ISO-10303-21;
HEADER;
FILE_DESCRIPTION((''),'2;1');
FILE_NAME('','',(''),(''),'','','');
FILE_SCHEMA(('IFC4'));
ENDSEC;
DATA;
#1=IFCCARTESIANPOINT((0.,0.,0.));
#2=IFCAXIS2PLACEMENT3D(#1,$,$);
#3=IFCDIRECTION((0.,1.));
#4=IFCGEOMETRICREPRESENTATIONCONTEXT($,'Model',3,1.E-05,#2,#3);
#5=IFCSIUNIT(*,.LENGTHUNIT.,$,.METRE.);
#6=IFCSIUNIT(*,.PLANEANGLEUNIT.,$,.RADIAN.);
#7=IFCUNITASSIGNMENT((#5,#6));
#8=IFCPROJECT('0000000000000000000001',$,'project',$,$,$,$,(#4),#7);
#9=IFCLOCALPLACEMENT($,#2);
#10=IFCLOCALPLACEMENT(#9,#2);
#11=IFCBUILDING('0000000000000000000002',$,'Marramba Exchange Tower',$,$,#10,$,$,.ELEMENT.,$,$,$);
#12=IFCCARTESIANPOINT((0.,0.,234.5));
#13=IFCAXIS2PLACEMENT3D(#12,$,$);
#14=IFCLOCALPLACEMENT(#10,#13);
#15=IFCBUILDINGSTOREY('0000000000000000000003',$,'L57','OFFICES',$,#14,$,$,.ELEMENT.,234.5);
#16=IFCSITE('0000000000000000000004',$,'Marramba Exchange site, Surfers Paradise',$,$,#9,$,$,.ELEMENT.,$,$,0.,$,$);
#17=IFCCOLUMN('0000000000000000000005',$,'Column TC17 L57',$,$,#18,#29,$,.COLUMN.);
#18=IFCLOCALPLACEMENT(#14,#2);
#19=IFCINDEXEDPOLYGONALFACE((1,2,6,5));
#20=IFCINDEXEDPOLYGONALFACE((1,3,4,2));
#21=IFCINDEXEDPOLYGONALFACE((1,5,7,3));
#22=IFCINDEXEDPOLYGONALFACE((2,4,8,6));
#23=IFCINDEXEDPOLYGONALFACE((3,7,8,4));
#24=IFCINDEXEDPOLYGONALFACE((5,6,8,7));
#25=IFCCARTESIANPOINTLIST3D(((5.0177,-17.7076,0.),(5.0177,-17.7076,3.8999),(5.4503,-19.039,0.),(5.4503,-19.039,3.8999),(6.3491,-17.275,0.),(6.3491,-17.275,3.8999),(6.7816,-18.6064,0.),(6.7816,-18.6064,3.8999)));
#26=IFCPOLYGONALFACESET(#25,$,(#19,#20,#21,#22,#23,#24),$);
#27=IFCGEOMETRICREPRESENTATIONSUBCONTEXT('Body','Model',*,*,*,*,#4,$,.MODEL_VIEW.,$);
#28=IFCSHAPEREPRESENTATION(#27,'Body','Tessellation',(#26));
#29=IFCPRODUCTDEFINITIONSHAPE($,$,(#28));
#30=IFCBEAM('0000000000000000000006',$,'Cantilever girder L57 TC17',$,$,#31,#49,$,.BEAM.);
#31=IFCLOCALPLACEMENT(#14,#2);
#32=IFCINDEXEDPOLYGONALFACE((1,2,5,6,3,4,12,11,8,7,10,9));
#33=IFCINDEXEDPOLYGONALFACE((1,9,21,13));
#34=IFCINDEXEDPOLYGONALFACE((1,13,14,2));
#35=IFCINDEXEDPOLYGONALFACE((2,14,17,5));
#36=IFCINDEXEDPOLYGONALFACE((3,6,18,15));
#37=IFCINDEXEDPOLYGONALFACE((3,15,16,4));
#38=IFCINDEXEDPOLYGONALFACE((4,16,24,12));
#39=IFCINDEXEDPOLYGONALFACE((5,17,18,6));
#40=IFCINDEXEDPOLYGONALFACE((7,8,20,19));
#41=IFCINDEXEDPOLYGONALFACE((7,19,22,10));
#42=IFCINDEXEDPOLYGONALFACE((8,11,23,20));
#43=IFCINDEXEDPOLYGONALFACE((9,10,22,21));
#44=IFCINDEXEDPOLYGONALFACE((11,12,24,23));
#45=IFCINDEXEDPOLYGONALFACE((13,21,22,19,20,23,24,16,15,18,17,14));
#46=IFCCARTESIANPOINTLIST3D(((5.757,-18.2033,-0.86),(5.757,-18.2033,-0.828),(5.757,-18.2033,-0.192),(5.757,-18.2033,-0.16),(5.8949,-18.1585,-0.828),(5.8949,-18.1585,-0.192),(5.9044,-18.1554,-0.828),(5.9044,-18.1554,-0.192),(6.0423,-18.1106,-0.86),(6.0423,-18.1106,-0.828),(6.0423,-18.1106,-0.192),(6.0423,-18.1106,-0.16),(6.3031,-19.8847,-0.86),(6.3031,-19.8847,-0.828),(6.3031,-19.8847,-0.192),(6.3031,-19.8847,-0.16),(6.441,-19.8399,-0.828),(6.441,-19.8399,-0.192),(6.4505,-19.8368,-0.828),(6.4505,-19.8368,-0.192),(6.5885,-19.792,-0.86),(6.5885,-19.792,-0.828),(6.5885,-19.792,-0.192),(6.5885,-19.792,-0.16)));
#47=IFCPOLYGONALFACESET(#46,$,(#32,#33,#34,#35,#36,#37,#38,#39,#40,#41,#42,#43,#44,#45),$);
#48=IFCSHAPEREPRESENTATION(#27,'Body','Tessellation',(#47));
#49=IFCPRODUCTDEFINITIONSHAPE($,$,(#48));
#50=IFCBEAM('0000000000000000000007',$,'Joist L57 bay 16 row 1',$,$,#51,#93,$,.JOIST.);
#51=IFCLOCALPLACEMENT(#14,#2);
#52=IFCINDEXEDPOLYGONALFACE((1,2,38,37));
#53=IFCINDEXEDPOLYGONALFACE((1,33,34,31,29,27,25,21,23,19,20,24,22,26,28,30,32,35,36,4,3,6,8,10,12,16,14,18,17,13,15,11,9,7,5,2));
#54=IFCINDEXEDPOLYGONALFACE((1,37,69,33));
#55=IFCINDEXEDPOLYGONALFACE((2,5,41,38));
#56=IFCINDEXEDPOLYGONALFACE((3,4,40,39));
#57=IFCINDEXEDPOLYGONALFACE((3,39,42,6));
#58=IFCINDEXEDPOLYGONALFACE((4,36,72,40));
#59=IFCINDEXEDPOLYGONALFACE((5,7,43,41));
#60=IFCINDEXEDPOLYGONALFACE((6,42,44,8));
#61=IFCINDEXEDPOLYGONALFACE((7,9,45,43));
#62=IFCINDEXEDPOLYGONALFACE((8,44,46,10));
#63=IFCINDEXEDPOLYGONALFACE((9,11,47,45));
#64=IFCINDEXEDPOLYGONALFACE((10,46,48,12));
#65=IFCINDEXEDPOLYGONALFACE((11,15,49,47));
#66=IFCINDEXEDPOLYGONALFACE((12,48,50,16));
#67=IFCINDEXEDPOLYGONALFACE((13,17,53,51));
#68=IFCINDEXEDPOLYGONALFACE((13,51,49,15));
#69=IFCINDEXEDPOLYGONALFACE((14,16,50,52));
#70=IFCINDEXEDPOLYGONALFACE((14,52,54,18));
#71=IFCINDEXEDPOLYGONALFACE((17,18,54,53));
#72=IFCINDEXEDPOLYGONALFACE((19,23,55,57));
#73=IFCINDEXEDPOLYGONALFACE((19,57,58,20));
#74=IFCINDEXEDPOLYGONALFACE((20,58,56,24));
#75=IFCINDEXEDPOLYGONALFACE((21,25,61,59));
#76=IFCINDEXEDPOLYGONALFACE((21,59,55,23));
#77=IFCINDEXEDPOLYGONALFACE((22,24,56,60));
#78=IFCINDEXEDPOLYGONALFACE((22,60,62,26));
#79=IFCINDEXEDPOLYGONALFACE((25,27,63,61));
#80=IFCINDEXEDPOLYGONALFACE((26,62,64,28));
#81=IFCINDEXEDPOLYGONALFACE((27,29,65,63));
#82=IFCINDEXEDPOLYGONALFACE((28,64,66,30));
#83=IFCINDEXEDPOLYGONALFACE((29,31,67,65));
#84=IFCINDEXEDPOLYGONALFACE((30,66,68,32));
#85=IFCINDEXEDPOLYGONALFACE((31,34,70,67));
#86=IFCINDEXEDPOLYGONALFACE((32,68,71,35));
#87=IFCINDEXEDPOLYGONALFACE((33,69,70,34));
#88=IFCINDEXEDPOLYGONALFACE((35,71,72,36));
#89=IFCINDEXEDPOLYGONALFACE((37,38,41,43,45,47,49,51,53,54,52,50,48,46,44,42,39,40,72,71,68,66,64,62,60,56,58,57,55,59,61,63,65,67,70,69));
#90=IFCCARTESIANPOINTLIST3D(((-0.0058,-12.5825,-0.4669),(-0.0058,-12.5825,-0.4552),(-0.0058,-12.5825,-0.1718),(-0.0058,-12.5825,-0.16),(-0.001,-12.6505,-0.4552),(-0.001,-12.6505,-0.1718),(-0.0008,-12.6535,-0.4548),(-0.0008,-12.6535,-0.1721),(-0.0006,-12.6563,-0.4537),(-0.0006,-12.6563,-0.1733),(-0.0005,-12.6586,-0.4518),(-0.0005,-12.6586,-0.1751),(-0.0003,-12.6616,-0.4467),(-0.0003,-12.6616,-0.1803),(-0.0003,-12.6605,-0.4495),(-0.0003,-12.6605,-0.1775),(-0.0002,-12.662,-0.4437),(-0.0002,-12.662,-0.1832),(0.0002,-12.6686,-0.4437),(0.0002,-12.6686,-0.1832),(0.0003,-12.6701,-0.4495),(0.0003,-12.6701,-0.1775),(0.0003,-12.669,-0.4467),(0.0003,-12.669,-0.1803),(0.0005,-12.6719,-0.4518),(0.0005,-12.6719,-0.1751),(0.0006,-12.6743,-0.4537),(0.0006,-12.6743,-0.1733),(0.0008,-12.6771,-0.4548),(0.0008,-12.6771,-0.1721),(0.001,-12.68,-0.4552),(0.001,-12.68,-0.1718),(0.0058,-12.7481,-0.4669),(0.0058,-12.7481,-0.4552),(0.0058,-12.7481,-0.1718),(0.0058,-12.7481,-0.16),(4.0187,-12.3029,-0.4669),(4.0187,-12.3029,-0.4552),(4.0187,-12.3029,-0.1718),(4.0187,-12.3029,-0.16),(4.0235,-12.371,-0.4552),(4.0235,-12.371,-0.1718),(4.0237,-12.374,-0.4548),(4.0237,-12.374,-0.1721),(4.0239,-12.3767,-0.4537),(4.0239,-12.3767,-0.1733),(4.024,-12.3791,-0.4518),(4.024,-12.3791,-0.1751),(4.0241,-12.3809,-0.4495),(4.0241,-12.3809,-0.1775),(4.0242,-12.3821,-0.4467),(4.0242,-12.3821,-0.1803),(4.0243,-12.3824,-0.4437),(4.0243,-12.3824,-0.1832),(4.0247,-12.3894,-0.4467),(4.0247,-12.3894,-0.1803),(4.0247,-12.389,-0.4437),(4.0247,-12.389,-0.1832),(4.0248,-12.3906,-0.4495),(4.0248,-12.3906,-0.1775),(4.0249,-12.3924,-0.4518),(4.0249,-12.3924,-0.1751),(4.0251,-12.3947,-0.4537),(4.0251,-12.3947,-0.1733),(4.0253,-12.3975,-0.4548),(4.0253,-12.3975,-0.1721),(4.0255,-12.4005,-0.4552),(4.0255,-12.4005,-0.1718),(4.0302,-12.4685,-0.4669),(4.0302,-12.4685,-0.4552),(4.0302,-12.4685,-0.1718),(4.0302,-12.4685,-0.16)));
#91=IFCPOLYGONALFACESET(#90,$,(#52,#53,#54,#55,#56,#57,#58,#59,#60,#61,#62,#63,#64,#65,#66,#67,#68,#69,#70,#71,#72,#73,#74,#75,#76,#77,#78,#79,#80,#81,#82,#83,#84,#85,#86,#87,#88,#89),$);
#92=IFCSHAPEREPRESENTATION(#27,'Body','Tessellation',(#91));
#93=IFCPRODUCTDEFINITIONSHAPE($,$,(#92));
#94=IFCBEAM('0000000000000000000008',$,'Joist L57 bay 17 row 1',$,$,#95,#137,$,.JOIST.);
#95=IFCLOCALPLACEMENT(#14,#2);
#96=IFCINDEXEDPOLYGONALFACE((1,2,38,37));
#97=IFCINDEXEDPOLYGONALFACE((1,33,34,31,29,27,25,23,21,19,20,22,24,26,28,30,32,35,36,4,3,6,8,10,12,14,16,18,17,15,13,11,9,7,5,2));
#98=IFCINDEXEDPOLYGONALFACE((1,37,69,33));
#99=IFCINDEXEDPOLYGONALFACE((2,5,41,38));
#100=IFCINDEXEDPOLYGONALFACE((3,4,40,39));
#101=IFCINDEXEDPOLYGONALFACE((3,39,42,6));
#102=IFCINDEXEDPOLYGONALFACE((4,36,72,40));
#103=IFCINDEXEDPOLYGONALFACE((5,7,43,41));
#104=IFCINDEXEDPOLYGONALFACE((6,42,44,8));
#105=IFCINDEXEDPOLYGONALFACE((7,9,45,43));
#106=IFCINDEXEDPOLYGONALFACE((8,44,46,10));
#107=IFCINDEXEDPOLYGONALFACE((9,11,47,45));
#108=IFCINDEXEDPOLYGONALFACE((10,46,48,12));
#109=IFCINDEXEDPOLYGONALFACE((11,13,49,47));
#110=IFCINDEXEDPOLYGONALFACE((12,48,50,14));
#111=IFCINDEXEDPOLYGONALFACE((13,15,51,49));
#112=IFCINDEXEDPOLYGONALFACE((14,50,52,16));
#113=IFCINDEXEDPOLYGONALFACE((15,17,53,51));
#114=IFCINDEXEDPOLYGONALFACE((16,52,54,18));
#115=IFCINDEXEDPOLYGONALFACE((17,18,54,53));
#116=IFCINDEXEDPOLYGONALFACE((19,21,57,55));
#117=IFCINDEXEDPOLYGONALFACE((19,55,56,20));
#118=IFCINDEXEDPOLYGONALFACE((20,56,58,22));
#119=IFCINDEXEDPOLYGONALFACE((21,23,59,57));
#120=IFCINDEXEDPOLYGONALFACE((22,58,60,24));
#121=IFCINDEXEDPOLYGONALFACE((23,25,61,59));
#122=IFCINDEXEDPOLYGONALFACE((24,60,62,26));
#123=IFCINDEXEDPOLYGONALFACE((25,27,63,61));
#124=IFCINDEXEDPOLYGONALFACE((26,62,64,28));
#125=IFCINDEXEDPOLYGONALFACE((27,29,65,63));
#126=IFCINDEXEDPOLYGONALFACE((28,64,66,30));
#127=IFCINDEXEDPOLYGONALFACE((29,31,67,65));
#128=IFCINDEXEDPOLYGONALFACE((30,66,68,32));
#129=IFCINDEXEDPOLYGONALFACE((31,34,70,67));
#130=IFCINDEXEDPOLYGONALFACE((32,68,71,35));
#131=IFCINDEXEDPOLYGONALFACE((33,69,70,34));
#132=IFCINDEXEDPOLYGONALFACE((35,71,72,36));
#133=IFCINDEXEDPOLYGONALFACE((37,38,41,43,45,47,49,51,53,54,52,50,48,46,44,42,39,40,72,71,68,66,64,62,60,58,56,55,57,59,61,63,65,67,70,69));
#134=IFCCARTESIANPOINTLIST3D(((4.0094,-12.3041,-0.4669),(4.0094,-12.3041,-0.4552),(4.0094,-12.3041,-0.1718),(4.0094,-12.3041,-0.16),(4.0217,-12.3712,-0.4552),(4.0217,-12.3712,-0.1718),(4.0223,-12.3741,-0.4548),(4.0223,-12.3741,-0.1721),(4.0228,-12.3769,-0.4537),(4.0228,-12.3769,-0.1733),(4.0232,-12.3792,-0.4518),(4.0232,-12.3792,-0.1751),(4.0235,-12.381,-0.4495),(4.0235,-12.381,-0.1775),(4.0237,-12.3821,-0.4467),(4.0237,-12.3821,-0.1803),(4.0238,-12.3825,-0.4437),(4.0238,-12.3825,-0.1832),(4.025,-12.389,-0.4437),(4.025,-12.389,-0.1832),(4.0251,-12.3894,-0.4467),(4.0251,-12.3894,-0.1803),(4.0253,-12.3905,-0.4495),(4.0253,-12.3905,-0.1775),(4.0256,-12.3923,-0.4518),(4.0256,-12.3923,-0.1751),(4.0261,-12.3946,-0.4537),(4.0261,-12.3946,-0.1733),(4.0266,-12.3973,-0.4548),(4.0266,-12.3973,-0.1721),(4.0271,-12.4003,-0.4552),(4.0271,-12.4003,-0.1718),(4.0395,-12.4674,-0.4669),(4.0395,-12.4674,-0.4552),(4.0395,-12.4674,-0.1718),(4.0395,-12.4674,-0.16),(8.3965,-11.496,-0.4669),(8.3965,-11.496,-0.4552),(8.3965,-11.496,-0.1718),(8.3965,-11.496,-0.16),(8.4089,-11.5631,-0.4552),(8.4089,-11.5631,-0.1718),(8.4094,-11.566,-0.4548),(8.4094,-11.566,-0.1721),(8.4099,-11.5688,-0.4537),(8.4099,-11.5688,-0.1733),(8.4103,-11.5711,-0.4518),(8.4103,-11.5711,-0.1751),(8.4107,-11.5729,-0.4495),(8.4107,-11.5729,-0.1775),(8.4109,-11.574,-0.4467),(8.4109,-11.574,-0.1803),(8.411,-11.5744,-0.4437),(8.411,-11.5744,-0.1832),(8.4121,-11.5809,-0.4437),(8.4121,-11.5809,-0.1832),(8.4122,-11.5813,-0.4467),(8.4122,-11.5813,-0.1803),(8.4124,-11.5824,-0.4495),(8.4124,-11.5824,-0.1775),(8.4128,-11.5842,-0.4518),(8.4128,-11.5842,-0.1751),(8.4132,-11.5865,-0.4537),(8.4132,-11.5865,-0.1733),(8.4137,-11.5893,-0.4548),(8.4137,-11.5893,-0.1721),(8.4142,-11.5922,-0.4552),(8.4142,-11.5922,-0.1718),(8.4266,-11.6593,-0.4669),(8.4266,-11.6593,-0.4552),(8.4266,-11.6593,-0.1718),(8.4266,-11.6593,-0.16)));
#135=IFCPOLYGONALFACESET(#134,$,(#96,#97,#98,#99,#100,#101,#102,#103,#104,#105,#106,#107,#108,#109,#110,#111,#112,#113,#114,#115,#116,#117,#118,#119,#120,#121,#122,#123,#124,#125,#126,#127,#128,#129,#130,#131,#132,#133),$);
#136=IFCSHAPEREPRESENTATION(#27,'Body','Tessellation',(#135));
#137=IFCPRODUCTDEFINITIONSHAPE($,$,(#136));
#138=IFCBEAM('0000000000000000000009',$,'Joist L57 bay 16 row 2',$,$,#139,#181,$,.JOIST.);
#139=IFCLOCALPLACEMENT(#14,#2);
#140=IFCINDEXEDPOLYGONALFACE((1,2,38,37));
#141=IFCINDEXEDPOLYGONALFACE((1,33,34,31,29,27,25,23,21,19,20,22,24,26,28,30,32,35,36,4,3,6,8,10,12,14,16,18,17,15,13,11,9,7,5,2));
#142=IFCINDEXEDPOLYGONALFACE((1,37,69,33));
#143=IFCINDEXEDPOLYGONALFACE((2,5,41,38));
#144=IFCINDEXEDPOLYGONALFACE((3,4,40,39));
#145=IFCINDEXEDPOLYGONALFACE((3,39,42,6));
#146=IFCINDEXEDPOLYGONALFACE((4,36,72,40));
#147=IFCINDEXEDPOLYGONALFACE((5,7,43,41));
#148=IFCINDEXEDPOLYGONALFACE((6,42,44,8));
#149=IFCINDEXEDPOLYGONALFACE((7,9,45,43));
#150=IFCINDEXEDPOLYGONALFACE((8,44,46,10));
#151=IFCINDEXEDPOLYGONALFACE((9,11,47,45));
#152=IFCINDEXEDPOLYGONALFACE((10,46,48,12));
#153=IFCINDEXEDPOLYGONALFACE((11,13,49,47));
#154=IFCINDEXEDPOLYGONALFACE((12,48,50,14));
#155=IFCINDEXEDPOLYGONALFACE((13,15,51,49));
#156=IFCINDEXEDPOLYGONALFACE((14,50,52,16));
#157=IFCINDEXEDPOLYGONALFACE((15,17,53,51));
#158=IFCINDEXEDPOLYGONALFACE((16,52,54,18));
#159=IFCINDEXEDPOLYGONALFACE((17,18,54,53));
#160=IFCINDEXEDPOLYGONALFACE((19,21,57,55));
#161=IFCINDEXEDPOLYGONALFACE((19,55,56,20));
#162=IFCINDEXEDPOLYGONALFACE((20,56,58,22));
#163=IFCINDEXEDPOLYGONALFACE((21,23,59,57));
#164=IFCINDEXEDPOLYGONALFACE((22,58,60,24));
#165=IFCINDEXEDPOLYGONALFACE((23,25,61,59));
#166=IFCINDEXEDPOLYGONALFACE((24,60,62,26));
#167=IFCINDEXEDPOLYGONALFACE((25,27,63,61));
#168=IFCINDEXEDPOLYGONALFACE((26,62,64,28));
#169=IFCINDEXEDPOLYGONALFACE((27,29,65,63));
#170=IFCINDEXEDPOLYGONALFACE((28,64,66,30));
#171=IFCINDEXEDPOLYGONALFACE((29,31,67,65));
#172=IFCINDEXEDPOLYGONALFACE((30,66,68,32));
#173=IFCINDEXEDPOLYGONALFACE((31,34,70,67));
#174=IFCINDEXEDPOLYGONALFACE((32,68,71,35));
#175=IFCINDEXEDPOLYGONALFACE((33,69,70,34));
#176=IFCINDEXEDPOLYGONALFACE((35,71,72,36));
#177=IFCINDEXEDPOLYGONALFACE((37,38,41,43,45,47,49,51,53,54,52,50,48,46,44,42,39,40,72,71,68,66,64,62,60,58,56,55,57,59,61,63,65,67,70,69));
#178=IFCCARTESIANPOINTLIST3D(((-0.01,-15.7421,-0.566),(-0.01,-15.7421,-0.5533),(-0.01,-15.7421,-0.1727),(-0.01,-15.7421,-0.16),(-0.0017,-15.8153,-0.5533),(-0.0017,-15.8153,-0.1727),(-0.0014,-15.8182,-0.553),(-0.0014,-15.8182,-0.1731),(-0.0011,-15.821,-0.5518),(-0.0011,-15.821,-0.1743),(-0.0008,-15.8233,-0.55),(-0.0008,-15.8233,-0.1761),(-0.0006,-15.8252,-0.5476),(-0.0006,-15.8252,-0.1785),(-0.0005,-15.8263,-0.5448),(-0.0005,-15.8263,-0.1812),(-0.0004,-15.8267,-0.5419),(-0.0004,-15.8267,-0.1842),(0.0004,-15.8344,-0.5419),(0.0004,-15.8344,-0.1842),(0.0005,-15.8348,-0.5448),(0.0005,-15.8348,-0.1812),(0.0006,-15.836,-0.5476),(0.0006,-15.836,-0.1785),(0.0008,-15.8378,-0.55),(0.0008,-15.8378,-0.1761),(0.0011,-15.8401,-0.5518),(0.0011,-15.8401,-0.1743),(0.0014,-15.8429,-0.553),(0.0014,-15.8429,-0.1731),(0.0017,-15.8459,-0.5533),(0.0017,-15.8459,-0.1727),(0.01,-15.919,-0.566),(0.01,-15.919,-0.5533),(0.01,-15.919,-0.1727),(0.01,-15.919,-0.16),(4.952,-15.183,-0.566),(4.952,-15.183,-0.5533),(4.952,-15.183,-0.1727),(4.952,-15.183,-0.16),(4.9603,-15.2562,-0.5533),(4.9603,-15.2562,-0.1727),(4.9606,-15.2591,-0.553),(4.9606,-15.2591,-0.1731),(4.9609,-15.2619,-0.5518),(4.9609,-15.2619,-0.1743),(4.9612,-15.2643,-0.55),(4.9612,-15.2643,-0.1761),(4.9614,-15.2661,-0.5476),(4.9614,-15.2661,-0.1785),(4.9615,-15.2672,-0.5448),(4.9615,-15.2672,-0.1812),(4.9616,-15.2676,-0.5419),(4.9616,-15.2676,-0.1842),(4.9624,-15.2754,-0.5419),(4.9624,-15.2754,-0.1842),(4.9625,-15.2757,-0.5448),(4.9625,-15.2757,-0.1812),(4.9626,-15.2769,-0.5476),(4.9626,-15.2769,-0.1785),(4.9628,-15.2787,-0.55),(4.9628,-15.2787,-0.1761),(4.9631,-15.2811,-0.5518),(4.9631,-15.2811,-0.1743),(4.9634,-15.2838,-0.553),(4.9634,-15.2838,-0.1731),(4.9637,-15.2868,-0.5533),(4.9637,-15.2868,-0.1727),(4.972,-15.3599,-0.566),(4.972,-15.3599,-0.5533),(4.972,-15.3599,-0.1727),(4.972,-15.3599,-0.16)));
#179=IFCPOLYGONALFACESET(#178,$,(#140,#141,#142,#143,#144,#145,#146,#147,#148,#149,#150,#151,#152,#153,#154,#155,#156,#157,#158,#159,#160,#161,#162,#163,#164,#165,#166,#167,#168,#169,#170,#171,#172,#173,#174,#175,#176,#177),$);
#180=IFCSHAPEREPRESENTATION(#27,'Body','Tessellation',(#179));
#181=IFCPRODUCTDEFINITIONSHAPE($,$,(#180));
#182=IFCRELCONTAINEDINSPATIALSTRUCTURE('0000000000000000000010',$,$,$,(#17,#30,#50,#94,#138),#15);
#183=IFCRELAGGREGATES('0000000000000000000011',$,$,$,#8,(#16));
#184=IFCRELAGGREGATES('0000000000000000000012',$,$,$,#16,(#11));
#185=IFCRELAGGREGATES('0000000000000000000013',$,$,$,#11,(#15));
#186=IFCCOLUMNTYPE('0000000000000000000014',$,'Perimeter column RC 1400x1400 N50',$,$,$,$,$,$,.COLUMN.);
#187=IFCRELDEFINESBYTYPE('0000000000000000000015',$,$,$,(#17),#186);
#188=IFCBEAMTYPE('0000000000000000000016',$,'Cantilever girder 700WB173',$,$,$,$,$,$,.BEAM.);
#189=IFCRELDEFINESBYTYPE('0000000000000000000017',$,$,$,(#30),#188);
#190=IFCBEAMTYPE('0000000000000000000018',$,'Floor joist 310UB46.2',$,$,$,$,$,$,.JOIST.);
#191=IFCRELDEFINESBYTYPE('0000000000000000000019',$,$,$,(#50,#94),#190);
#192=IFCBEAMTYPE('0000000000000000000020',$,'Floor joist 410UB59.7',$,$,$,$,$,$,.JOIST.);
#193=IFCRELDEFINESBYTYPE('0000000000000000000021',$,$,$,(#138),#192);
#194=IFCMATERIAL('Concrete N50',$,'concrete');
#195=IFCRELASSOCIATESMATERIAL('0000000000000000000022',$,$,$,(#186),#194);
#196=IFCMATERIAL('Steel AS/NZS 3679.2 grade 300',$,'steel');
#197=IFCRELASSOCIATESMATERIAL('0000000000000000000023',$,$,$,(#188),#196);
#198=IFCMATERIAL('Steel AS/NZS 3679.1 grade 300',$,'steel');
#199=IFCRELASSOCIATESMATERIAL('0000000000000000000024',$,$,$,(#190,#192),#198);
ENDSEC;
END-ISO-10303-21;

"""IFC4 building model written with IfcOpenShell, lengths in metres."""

from ifc_helpers import new_model, si_unit, direction, frame, origin, origin_2d, place, context, subcontext, project, spatial, rectangle, i_section, extrude, material, material_profile, profile_set, type_object, element, save


model = new_model("IFC4")

# Units and contexts
model_context = context("Model", 3, precision=1e-05, world=origin(), true_north=direction((0.0, 1.0)))
body_context = subcontext(model_context, "Body", "Model", "MODEL_VIEW")
ifc_project = project(units=[si_unit("LENGTHUNIT", "METRE"), si_unit("PLANEANGLEUNIT", "RADIAN")], contexts=[model_context])

# Site, building, storey
site_placement = place(None, origin())
site = spatial("IfcSite", under=ifc_project, at=site_placement, Name="Marramba Exchange site, Surfers Paradise", CompositionType="ELEMENT", RefElevation=0.0)
building_placement = place(site_placement, origin())
building = spatial("IfcBuilding", under=site, at=building_placement, Name="Marramba Exchange Tower", CompositionType="ELEMENT")
storey_placement = place(building_placement, frame((0.0, 0.0, 234.5)))
storey = spatial("IfcBuildingStorey", under=building, at=storey_placement, Name="L57", Description="OFFICES", CompositionType="ELEMENT", Elevation=234.5)

# Column
ifc_material_1 = material(Name="Concrete N50", Category="concrete")
ifc_material_profile_1 = material_profile(ifc_material_1, rectangle(XDim=1.3999, YDim=1.3999, at=origin_2d()), Name="RC 1400x1400")
ifc_profile_set_1 = profile_set([ifc_material_profile_1], Name="Concrete N50")
column_type = type_object("IfcColumnType", Name="Perimeter column RC 1400x1400 N50", PredefinedType="COLUMN", material=ifc_profile_set_1)
column_placement = place(storey_placement, frame((5.8997, -18.157, 0.0), z_axis=(0.0, 0.0, 1.0), x_axis=(0.309017, -0.951057, 0.0)))
element("IfcColumn", 1, at=column_placement, inside=storey, type_object=column_type, Name="Column TC17 L57", PredefinedType="COLUMN", context=body_context, shape_type="SweptSolid", body=[
    extrude(rectangle(XDim=1.3999, YDim=1.3999, at=origin_2d()), origin(), (0.0, 0.0, 1.0), 3.8999),
])

# Beams
ifc_material_2 = material(Name="Steel AS/NZS 3679.2 grade 300", Category="steel")
ifc_material_profile_2 = material_profile(ifc_material_2, i_section(OverallWidth=0.3, OverallDepth=0.7, WebThickness=0.01, FlangeThickness=0.032, at=origin_2d()), Name="700WB173")
ifc_profile_set_2 = profile_set([ifc_material_profile_2], Name="Steel AS/NZS 3679.2 grade 300")
beam_type_1 = type_object("IfcBeamType", Name="Cantilever girder 700WB173", PredefinedType="BEAM", material=ifc_profile_set_2)
beam_1_placement = place(storey_placement, frame((5.8997, -18.157, -0.51), z_axis=(0.308927, -0.951086, 0.0), x_axis=(0.951086, 0.308927, 0.0)))
element("IfcBeam", 2, at=beam_1_placement, inside=storey, type_object=beam_type_1, Name="Cantilever girder L57 TC17", PredefinedType="BEAM", context=body_context, shape_type="SweptSolid", body=[
    extrude(i_section(OverallWidth=0.3, OverallDepth=0.7, WebThickness=0.01, FlangeThickness=0.032, at=origin_2d()), origin(), (0.0, 0.0, 1.0), 1.7678),
])
ifc_material_3 = material(Name="Steel AS/NZS 3679.1 grade 300", Category="steel")
ifc_material_profile_3 = material_profile(ifc_material_3, i_section(OverallWidth=0.166, OverallDepth=0.3069, WebThickness=0.0066, FlangeThickness=0.0117, FilletRadius=0.0115, at=origin_2d()), Name="310UB46.2")
ifc_profile_set_3 = profile_set([ifc_material_profile_3], Name="Steel AS/NZS 3679.1 grade 300")
beam_type_2 = type_object("IfcBeamType", Name="Floor joist 310UB46.2", PredefinedType="JOIST", material=ifc_profile_set_3)
beam_2_placement = place(storey_placement, frame((0.0, -12.6653, -0.3135), z_axis=(0.997596, 0.069294, 0.0), x_axis=(-0.069294, 0.997596, 0.0)))
element("IfcBeam", 3, at=beam_2_placement, inside=storey, type_object=beam_type_2, Name="Joist L57 bay 16 row 1", PredefinedType="JOIST", context=body_context, shape_type="SweptSolid", body=[
    extrude(i_section(OverallWidth=0.166, OverallDepth=0.3069, WebThickness=0.0066, FlangeThickness=0.0117, FilletRadius=0.0115, at=origin_2d()), origin(), (0.0, 0.0, 1.0), 4.0342),
])
beam_3_placement = place(storey_placement, frame((4.0244, -12.3857, -0.3135), z_axis=(0.983456, 0.181149, 0.0), x_axis=(-0.181149, 0.983456, 0.0)))
element("IfcBeam", 4, at=beam_3_placement, inside=storey, type_object=beam_type_2, Name="Joist L57 bay 17 row 1", PredefinedType="JOIST", context=body_context, shape_type="SweptSolid", body=[
    extrude(i_section(OverallWidth=0.166, OverallDepth=0.3069, WebThickness=0.0066, FlangeThickness=0.0117, FilletRadius=0.0115, at=origin_2d()), origin(), (0.0, 0.0, 1.0), 4.4609),
])
ifc_material_profile_4 = material_profile(ifc_material_3, i_section(OverallWidth=0.178, OverallDepth=0.406, WebThickness=0.0078, FlangeThickness=0.0127, FilletRadius=0.0115, at=origin_2d()), Name="410UB59.7")
ifc_profile_set_4 = profile_set([ifc_material_profile_4], Name="Steel AS/NZS 3679.1 grade 300")
beam_type_3 = type_object("IfcBeamType", Name="Floor joist 410UB59.7", PredefinedType="JOIST", material=ifc_profile_set_4)
beam_4_placement = place(storey_placement, frame((0.0, -15.8306, -0.363), z_axis=(0.993712, 0.111966, 0.0), x_axis=(-0.111966, 0.993712, 0.0)))
element("IfcBeam", 5, at=beam_4_placement, inside=storey, type_object=beam_type_3, Name="Joist L57 bay 16 row 2", PredefinedType="JOIST", context=body_context, shape_type="SweptSolid", body=[
    extrude(i_section(OverallWidth=0.178, OverallDepth=0.406, WebThickness=0.0078, FlangeThickness=0.0127, FilletRadius=0.0115, at=origin_2d()), origin(), (0.0, 0.0, 1.0), 4.9934),
])

save(model, "model.ifc")
